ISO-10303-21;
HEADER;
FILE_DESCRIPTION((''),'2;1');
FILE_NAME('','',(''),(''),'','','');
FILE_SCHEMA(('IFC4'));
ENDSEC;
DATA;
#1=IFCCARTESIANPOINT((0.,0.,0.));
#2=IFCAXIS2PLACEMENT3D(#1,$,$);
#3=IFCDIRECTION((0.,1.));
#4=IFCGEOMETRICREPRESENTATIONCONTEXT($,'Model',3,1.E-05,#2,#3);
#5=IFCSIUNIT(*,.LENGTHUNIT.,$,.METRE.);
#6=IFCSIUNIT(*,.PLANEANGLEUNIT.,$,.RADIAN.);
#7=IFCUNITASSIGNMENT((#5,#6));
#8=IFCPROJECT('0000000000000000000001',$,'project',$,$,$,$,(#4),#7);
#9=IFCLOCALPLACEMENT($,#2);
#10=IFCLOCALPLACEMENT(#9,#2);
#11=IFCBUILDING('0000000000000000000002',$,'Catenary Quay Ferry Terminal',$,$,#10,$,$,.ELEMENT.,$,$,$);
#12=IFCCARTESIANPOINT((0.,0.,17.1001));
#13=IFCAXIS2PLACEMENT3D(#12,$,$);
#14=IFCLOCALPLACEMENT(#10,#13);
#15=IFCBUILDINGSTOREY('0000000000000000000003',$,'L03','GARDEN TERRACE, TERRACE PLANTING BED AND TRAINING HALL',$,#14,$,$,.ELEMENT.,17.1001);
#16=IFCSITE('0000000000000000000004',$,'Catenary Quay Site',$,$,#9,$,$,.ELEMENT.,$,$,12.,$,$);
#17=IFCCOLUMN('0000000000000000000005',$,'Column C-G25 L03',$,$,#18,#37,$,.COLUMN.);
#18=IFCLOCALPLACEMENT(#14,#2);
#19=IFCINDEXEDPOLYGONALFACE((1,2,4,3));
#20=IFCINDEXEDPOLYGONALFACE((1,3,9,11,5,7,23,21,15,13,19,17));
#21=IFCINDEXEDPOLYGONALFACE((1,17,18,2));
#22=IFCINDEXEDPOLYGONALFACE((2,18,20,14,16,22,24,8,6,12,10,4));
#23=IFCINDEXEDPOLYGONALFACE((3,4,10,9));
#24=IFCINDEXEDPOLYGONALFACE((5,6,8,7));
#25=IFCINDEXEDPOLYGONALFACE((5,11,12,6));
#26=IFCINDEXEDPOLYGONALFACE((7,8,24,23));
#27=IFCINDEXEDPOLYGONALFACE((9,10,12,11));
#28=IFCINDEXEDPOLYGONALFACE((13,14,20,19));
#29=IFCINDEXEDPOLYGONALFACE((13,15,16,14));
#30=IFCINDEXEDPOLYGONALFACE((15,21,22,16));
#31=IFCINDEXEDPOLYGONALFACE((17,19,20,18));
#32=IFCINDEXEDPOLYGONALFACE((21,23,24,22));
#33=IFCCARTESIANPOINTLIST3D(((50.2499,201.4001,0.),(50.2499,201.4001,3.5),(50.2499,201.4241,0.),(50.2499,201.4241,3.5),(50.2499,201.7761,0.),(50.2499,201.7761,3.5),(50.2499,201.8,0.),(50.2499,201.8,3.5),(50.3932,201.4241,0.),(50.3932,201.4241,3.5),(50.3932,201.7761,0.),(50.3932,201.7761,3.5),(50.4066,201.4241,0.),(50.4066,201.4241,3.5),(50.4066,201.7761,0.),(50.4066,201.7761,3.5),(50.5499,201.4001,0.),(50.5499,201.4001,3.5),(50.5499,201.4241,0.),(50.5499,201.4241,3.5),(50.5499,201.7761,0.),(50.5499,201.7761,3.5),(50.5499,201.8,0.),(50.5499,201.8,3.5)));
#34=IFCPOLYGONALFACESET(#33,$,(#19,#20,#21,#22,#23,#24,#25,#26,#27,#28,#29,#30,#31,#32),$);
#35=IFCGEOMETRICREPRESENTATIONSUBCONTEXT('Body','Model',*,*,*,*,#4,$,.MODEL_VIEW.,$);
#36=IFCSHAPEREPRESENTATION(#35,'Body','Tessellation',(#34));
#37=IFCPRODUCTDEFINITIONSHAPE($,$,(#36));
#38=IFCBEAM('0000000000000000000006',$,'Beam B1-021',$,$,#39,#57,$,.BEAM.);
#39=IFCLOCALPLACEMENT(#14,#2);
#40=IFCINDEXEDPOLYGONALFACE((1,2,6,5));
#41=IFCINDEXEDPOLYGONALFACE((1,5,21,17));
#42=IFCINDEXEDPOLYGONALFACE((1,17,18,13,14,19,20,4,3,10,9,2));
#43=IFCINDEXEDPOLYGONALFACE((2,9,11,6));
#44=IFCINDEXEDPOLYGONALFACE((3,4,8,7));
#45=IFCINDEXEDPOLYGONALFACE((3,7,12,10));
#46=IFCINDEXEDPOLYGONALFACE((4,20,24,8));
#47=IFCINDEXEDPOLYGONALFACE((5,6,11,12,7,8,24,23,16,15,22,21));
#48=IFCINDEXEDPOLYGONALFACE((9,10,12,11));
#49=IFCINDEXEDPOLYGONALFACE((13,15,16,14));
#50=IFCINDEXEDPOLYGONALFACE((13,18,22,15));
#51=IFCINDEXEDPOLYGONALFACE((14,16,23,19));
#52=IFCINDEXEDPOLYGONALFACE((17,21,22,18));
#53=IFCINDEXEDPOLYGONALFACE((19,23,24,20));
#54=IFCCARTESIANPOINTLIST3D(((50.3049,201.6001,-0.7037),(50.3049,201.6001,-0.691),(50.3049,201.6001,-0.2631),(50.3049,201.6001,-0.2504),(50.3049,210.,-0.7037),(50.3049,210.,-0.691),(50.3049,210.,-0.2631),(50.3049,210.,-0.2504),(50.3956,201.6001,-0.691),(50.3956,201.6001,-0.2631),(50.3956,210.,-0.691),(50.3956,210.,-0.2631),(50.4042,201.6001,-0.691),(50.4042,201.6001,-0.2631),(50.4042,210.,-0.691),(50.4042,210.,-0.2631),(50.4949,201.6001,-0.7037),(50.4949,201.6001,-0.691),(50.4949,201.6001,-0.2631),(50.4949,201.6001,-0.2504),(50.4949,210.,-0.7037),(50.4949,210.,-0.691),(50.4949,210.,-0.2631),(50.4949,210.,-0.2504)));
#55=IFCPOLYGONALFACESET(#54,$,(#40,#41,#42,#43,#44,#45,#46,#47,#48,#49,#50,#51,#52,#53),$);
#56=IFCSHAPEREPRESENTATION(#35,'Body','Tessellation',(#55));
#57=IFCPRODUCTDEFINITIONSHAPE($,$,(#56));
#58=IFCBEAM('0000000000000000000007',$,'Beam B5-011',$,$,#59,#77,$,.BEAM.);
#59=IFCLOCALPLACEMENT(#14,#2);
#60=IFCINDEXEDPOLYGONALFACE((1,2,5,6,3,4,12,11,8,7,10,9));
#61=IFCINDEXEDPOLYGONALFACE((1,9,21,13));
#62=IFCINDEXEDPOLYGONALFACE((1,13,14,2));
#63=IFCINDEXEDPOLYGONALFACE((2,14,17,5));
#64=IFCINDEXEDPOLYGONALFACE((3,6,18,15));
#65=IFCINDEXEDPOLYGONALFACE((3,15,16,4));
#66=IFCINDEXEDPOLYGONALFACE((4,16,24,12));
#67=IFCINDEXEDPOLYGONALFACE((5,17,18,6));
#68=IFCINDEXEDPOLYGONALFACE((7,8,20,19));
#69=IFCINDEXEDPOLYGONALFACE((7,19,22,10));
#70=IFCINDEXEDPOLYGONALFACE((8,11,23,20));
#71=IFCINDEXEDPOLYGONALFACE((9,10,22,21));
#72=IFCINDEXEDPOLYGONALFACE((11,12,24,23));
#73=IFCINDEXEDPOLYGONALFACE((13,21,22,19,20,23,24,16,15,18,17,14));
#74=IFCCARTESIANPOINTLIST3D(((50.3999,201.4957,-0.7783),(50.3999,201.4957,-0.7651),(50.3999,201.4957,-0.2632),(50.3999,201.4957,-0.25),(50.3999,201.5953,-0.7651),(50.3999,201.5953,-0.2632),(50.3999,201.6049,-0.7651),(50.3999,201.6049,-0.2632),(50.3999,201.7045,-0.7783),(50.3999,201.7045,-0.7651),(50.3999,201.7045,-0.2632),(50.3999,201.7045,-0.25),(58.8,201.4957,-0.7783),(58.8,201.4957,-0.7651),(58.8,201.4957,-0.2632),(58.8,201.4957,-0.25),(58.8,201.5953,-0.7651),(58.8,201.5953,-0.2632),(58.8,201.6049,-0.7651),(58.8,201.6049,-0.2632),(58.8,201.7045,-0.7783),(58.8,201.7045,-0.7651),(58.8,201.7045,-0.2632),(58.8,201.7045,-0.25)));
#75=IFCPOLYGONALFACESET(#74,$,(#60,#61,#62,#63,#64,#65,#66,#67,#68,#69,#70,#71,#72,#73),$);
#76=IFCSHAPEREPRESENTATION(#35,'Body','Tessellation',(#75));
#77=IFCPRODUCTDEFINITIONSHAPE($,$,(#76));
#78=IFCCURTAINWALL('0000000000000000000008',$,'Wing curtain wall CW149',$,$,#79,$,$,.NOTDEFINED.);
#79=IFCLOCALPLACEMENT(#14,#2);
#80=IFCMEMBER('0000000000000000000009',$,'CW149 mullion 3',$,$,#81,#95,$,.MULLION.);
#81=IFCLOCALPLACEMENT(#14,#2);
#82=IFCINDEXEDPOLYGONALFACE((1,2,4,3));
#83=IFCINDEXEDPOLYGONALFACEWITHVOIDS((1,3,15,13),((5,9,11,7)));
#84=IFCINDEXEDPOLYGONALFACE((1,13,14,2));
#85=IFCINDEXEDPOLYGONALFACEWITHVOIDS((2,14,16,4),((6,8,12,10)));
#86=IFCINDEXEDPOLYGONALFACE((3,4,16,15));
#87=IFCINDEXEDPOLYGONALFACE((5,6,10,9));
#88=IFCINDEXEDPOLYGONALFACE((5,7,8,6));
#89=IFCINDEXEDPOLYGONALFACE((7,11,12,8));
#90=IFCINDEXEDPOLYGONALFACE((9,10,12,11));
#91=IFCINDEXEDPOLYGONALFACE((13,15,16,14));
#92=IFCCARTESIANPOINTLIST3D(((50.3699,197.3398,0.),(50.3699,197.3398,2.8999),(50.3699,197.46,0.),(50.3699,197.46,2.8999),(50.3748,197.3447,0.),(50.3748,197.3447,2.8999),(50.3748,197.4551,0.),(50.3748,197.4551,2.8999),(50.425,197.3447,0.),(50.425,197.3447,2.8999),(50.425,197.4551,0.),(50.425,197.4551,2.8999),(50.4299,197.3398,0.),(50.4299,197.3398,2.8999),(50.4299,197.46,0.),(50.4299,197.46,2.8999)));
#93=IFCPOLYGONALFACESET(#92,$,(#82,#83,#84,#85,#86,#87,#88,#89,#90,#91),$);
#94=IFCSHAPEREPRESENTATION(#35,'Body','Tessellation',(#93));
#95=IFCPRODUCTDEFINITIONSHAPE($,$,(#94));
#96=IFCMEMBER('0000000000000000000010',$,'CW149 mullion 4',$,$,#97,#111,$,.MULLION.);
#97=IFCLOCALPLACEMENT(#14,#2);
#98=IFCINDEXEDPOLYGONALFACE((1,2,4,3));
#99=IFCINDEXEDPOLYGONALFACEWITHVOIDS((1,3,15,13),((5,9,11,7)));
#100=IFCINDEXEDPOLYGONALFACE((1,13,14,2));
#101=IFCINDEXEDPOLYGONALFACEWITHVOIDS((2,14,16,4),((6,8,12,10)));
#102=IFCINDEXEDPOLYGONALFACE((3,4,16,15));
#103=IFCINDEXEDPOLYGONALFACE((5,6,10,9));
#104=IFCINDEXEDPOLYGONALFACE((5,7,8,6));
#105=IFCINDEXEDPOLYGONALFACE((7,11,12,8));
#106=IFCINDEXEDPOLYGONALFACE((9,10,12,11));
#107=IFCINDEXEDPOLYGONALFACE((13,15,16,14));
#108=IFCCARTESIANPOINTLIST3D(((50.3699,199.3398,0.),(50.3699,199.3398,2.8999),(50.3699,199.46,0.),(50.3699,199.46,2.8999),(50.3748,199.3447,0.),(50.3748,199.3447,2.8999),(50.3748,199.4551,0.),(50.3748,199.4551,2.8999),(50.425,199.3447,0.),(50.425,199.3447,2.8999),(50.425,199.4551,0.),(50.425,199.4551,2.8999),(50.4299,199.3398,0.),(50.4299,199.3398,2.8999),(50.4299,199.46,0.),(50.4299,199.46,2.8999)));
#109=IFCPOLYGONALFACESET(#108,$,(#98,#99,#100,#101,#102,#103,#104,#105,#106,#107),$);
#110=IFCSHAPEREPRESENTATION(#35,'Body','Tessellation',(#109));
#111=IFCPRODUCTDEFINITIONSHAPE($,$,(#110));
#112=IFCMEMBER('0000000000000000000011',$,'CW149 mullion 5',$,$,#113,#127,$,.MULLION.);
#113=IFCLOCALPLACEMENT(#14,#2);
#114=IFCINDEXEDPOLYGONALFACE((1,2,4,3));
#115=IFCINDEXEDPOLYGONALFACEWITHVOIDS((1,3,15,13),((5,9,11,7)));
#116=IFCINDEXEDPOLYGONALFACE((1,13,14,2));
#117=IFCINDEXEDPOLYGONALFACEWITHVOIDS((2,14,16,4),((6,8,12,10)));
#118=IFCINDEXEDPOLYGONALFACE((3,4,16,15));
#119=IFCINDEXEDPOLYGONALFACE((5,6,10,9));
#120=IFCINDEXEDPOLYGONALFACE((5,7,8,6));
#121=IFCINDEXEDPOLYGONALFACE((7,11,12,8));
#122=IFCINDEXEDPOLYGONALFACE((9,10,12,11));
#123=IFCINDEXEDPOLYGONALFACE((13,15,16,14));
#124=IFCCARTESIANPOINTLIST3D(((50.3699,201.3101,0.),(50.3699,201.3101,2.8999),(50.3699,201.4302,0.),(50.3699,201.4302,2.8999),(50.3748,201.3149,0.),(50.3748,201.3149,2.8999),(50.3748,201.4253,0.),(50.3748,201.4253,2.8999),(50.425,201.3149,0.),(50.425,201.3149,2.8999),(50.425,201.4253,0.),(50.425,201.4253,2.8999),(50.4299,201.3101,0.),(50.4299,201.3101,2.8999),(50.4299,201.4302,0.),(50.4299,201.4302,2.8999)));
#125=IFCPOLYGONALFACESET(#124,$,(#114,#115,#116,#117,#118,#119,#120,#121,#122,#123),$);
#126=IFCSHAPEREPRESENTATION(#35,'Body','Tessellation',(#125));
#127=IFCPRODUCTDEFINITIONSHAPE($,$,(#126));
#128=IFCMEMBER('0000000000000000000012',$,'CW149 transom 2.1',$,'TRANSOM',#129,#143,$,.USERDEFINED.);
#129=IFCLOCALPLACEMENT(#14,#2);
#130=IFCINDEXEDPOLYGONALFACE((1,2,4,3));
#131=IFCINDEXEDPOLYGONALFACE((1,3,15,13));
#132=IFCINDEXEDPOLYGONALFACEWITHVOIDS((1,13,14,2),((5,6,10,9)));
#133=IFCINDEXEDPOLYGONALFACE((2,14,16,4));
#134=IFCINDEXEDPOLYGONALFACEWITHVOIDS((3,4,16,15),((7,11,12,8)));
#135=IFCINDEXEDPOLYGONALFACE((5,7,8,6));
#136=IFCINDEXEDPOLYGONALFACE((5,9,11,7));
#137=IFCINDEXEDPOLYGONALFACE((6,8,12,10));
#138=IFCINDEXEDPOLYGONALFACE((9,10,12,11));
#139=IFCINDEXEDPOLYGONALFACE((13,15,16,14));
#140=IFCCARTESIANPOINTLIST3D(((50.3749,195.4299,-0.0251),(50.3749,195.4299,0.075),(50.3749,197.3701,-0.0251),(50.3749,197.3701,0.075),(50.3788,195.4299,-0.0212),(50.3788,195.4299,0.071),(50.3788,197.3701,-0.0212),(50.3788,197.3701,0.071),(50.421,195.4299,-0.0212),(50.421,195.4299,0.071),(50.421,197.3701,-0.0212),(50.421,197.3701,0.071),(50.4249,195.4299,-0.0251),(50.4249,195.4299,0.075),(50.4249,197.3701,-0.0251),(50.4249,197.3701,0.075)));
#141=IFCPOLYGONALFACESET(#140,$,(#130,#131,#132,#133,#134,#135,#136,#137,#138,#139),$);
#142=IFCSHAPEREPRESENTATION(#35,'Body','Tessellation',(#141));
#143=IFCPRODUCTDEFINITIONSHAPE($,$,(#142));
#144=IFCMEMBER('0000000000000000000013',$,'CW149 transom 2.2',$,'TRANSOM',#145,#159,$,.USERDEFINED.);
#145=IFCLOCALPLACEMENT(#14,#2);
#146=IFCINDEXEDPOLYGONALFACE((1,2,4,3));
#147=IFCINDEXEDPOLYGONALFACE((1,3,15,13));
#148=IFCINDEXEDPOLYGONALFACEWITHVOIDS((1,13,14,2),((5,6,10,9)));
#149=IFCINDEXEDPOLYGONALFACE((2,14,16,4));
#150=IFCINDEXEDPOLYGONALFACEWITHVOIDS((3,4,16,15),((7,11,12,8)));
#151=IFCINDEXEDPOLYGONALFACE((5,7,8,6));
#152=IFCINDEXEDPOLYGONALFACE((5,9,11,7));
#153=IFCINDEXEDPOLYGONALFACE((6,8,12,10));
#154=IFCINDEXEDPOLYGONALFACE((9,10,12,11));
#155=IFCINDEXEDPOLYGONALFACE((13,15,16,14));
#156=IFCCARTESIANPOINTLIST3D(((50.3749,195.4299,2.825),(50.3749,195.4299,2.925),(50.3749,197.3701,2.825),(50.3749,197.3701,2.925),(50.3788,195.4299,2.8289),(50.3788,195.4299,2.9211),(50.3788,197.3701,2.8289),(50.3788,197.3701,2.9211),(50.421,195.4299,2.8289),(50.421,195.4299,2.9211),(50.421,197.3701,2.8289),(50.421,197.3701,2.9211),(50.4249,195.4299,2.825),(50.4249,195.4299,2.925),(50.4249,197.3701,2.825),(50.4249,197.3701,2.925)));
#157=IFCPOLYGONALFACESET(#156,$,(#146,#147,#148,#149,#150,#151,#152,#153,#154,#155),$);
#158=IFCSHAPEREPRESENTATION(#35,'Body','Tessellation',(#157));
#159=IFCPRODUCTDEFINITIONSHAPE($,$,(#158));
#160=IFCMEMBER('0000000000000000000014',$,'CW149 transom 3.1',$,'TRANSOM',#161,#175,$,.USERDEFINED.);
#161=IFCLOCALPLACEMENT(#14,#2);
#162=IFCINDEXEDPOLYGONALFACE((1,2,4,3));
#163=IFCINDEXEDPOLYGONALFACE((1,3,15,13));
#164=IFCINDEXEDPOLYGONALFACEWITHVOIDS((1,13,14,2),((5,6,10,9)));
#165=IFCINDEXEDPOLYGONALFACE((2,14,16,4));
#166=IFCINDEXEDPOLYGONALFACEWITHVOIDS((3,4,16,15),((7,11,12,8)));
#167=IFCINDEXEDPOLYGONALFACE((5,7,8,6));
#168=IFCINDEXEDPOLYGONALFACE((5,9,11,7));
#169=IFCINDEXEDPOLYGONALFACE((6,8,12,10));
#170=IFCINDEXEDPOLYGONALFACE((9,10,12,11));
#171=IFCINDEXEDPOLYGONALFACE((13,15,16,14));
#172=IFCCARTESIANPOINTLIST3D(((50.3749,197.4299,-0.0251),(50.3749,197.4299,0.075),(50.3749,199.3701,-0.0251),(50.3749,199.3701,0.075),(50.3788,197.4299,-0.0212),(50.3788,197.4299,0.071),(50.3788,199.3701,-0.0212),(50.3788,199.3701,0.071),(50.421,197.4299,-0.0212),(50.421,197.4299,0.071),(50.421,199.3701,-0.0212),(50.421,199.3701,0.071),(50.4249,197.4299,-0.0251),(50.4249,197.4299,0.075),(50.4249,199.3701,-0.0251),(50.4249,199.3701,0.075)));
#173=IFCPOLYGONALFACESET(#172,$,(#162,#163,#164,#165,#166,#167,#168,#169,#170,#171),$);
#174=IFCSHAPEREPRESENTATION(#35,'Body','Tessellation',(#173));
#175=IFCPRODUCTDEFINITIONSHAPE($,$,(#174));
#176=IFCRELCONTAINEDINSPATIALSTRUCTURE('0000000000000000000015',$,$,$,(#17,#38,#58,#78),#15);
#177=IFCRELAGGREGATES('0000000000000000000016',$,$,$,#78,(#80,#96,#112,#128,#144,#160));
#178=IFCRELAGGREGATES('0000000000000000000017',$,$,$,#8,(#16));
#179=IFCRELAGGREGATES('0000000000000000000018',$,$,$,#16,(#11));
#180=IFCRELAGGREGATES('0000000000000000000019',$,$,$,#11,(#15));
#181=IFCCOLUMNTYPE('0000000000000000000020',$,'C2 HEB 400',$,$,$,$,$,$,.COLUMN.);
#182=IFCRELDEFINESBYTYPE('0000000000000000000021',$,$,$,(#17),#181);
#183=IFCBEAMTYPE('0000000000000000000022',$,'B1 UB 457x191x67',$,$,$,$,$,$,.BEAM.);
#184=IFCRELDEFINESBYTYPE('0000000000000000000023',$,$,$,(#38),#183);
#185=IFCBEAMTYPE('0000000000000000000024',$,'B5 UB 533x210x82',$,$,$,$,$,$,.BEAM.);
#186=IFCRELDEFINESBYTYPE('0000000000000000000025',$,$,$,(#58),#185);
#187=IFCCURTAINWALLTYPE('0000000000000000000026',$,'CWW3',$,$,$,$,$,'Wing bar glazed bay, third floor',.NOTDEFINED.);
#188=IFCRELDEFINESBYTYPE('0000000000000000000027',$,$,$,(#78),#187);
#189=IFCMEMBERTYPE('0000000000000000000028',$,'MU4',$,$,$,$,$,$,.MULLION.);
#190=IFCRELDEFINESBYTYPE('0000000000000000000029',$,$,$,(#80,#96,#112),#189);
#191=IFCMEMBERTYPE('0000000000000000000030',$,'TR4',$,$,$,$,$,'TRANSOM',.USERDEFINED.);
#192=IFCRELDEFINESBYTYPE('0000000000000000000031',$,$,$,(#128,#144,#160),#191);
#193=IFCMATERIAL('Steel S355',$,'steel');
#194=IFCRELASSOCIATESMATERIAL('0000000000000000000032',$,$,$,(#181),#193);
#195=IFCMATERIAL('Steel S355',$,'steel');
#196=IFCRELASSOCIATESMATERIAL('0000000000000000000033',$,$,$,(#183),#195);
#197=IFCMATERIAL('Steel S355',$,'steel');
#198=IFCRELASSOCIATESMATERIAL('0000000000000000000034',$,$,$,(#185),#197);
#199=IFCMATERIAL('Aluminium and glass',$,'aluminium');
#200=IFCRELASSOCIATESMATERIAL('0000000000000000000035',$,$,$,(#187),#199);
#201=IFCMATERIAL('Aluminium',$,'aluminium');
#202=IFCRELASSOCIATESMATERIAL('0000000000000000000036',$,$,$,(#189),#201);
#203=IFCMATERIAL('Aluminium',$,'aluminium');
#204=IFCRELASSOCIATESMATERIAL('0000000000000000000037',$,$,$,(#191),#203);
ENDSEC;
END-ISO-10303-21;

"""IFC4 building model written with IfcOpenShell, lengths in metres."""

from ifc_helpers import new_model, si_unit, direction, frame, origin, origin_2d, place, context, subcontext, project, spatial, hollow_rectangle, i_section, extrude, material, material_profile, profile_set, type_object, element, aggregate, save


model = new_model("IFC4")

# Units and contexts
model_context = context("Model", 3, precision=1e-05, world=origin(), true_north=direction((0.0, 1.0)))
body_context = subcontext(model_context, "Body", "Model", "MODEL_VIEW")
ifc_project = project(units=[si_unit("LENGTHUNIT", "METRE"), si_unit("PLANEANGLEUNIT", "RADIAN")], contexts=[model_context])

# Site, building, storey
site_placement = place(None, origin())
site = spatial("IfcSite", under=ifc_project, at=site_placement, Name="Catenary Quay Site", CompositionType="ELEMENT", RefElevation=12.0)
building_placement = place(site_placement, origin())
building = spatial("IfcBuilding", under=site, at=building_placement, Name="Catenary Quay Ferry Terminal", CompositionType="ELEMENT")
storey_placement = place(building_placement, frame((0.0, 0.0, 17.1001)))
storey = spatial("IfcBuildingStorey", under=building, at=storey_placement, Name="L03", Description="GARDEN TERRACE, TERRACE PLANTING BED AND TRAINING HALL", CompositionType="ELEMENT", Elevation=17.1001)

# Column
ifc_material_1 = material(Name="Steel S355", Category="steel")
ifc_material_profile_1 = material_profile(ifc_material_1, i_section(OverallWidth=0.3, OverallDepth=0.3999, WebThickness=0.0134, FlangeThickness=0.0239, at=origin_2d()), Name="HEB 400")
ifc_profile_set_1 = profile_set([ifc_material_profile_1], Name="Steel S355")
column_type = type_object("IfcColumnType", Name="C2 HEB 400", PredefinedType="COLUMN", material=ifc_profile_set_1)
column_placement = place(storey_placement, frame((50.3999, 201.6001, 0.0), z_axis=(0.0, 0.0, 1.0), x_axis=(1.0, 0.0, 0.0)))
element("IfcColumn", 1, at=column_placement, inside=storey, type_object=column_type, Name="Column C-G25 L03", PredefinedType="COLUMN", context=body_context, shape_type="SweptSolid", body=[
    extrude(i_section(OverallWidth=0.3, OverallDepth=0.3999, WebThickness=0.0134, FlangeThickness=0.0239, at=origin_2d()), origin(), (0.0, 0.0, 1.0), 3.5),
])

# Beams
ifc_material_2 = material(Name="Steel S355", Category="steel")
ifc_material_profile_2 = material_profile(ifc_material_2, i_section(OverallWidth=0.1899, OverallDepth=0.4534, WebThickness=0.0085, FlangeThickness=0.0127, at=origin_2d()), Name="UB 457x191x67")
ifc_profile_set_2 = profile_set([ifc_material_profile_2], Name="Steel S355")
beam_type_1 = type_object("IfcBeamType", Name="B1 UB 457x191x67", PredefinedType="BEAM", material=ifc_profile_set_2)
beam_1_placement = place(storey_placement, frame((50.3999, 201.6001, -0.4771), z_axis=(0.0, 1.0, 0.0), x_axis=(-1.0, 0.0, 0.0)))
element("IfcBeam", 2, at=beam_1_placement, inside=storey, type_object=beam_type_1, Name="Beam B1-021", PredefinedType="BEAM", context=body_context, shape_type="SweptSolid", body=[
    extrude(i_section(OverallWidth=0.1899, OverallDepth=0.4534, WebThickness=0.0085, FlangeThickness=0.0127, at=origin_2d()), origin(), (0.0, 0.0, 1.0), 8.3999),
])
ifc_material_3 = material(Name="Steel S355", Category="steel")
ifc_material_profile_3 = material_profile(ifc_material_3, i_section(OverallWidth=0.2087, OverallDepth=0.5283, WebThickness=0.0095, FlangeThickness=0.0132, at=origin_2d()), Name="UB 533x210x82")
ifc_profile_set_3 = profile_set([ifc_material_profile_3], Name="Steel S355")
beam_type_2 = type_object("IfcBeamType", Name="B5 UB 533x210x82", PredefinedType="BEAM", material=ifc_profile_set_3)
beam_2_placement = place(storey_placement, frame((50.3999, 201.6001, -0.5142), z_axis=(1.0, 0.0, 0.0), x_axis=(0.0, 1.0, 0.0)))
element("IfcBeam", 3, at=beam_2_placement, inside=storey, type_object=beam_type_2, Name="Beam B5-011", PredefinedType="BEAM", context=body_context, shape_type="SweptSolid", body=[
    extrude(i_section(OverallWidth=0.2087, OverallDepth=0.5283, WebThickness=0.0095, FlangeThickness=0.0132, at=origin_2d()), origin(), (0.0, 0.0, 1.0), 8.4001),
])

# Curtain wall, members
ifc_material_4 = material(Name="Aluminium and glass", Category="aluminium")
curtain_wall_type = type_object("IfcCurtainWallType", Name="CWW3", ElementType="Wing bar glazed bay, third floor", PredefinedType="NOTDEFINED", material=ifc_material_4)
curtain_wall_placement = place(storey_placement, origin())
curtain_wall = element("IfcCurtainWall", 4, at=curtain_wall_placement, inside=storey, type_object=curtain_wall_type, Name="Wing curtain wall CW149", PredefinedType="NOTDEFINED")
ifc_material_5 = material(Name="Aluminium", Category="aluminium")
ifc_material_profile_4 = material_profile(ifc_material_5, hollow_rectangle(XDim=0.0601, YDim=0.1201, WallThickness=0.0049, at=origin_2d()), Name="MU4")
ifc_profile_set_4 = profile_set([ifc_material_profile_4], Name="Aluminium")
member_type_1 = type_object("IfcMemberType", Name="MU4", PredefinedType="MULLION", material=ifc_profile_set_4)
member_1_placement = place(storey_placement, frame((50.3999, 197.3999, 0.0), z_axis=(0.0, 0.0, 1.0), x_axis=(-1.0, 0.0, 0.0)))
member_1 = element("IfcMember", 5, at=member_1_placement, type_object=member_type_1, Name="CW149 mullion 3", PredefinedType="MULLION", context=body_context, shape_type="SweptSolid", body=[
    extrude(hollow_rectangle(XDim=0.0601, YDim=0.1201, WallThickness=0.0049, at=origin_2d()), origin(), (0.0, 0.0, 1.0), 2.8999),
])
member_2_placement = place(storey_placement, frame((50.3999, 199.3999, 0.0), z_axis=(0.0, 0.0, 1.0), x_axis=(-1.0, 0.0, 0.0)))
member_2 = element("IfcMember", 6, at=member_2_placement, type_object=member_type_1, Name="CW149 mullion 4", PredefinedType="MULLION", context=body_context, shape_type="SweptSolid", body=[
    extrude(hollow_rectangle(XDim=0.0601, YDim=0.1201, WallThickness=0.0049, at=origin_2d()), origin(), (0.0, 0.0, 1.0), 2.8999),
])
member_3_placement = place(storey_placement, frame((50.3999, 201.3701, 0.0), z_axis=(0.0, 0.0, 1.0), x_axis=(-1.0, 0.0, 0.0)))
member_3 = element("IfcMember", 7, at=member_3_placement, type_object=member_type_1, Name="CW149 mullion 5", PredefinedType="MULLION", context=body_context, shape_type="SweptSolid", body=[
    extrude(hollow_rectangle(XDim=0.0601, YDim=0.1201, WallThickness=0.0049, at=origin_2d()), origin(), (0.0, 0.0, 1.0), 2.8999),
])
ifc_material_6 = material(Name="Aluminium", Category="aluminium")
ifc_material_profile_5 = material_profile(ifc_material_6, hollow_rectangle(XDim=0.05, YDim=0.1001, WallThickness=0.0039, at=origin_2d()), Name="TR4")
ifc_profile_set_5 = profile_set([ifc_material_profile_5], Name="Aluminium")
member_type_2 = type_object("IfcMemberType", Name="TR4", ElementType="TRANSOM", PredefinedType="USERDEFINED", material=ifc_profile_set_5)
member_4_placement = place(storey_placement, frame((50.3999, 195.4299, 0.0249), z_axis=(0.0, 1.0, 0.0), x_axis=(-1.0, 0.0, 0.0)))
member_4 = element("IfcMember", 8, at=member_4_placement, type_object=member_type_2, Name="CW149 transom 2.1", ObjectType="TRANSOM", PredefinedType="USERDEFINED", context=body_context, shape_type="SweptSolid", body=[
    extrude(hollow_rectangle(XDim=0.05, YDim=0.1001, WallThickness=0.0039, at=origin_2d()), origin(), (0.0, 0.0, 1.0), 1.9402),
])
member_5_placement = place(storey_placement, frame((50.3999, 195.4299, 2.875), z_axis=(0.0, 1.0, 0.0), x_axis=(-1.0, 0.0, 0.0)))
member_5 = element("IfcMember", 9, at=member_5_placement, type_object=member_type_2, Name="CW149 transom 2.2", ObjectType="TRANSOM", PredefinedType="USERDEFINED", context=body_context, shape_type="SweptSolid", body=[
    extrude(hollow_rectangle(XDim=0.05, YDim=0.1001, WallThickness=0.0039, at=origin_2d()), origin(), (0.0, 0.0, 1.0), 1.9402),
])
member_6_placement = place(storey_placement, frame((50.3999, 197.4299, 0.0249), z_axis=(0.0, 1.0, 0.0), x_axis=(-1.0, 0.0, 0.0)))
member_6 = element("IfcMember", 10, at=member_6_placement, type_object=member_type_2, Name="CW149 transom 3.1", ObjectType="TRANSOM", PredefinedType="USERDEFINED", context=body_context, shape_type="SweptSolid", body=[
    extrude(hollow_rectangle(XDim=0.05, YDim=0.1001, WallThickness=0.0039, at=origin_2d()), origin(), (0.0, 0.0, 1.0), 1.9402),
])
aggregate(curtain_wall, [member_1, member_2, member_3, member_4, member_5, member_6])

save(model, "model.ifc")
